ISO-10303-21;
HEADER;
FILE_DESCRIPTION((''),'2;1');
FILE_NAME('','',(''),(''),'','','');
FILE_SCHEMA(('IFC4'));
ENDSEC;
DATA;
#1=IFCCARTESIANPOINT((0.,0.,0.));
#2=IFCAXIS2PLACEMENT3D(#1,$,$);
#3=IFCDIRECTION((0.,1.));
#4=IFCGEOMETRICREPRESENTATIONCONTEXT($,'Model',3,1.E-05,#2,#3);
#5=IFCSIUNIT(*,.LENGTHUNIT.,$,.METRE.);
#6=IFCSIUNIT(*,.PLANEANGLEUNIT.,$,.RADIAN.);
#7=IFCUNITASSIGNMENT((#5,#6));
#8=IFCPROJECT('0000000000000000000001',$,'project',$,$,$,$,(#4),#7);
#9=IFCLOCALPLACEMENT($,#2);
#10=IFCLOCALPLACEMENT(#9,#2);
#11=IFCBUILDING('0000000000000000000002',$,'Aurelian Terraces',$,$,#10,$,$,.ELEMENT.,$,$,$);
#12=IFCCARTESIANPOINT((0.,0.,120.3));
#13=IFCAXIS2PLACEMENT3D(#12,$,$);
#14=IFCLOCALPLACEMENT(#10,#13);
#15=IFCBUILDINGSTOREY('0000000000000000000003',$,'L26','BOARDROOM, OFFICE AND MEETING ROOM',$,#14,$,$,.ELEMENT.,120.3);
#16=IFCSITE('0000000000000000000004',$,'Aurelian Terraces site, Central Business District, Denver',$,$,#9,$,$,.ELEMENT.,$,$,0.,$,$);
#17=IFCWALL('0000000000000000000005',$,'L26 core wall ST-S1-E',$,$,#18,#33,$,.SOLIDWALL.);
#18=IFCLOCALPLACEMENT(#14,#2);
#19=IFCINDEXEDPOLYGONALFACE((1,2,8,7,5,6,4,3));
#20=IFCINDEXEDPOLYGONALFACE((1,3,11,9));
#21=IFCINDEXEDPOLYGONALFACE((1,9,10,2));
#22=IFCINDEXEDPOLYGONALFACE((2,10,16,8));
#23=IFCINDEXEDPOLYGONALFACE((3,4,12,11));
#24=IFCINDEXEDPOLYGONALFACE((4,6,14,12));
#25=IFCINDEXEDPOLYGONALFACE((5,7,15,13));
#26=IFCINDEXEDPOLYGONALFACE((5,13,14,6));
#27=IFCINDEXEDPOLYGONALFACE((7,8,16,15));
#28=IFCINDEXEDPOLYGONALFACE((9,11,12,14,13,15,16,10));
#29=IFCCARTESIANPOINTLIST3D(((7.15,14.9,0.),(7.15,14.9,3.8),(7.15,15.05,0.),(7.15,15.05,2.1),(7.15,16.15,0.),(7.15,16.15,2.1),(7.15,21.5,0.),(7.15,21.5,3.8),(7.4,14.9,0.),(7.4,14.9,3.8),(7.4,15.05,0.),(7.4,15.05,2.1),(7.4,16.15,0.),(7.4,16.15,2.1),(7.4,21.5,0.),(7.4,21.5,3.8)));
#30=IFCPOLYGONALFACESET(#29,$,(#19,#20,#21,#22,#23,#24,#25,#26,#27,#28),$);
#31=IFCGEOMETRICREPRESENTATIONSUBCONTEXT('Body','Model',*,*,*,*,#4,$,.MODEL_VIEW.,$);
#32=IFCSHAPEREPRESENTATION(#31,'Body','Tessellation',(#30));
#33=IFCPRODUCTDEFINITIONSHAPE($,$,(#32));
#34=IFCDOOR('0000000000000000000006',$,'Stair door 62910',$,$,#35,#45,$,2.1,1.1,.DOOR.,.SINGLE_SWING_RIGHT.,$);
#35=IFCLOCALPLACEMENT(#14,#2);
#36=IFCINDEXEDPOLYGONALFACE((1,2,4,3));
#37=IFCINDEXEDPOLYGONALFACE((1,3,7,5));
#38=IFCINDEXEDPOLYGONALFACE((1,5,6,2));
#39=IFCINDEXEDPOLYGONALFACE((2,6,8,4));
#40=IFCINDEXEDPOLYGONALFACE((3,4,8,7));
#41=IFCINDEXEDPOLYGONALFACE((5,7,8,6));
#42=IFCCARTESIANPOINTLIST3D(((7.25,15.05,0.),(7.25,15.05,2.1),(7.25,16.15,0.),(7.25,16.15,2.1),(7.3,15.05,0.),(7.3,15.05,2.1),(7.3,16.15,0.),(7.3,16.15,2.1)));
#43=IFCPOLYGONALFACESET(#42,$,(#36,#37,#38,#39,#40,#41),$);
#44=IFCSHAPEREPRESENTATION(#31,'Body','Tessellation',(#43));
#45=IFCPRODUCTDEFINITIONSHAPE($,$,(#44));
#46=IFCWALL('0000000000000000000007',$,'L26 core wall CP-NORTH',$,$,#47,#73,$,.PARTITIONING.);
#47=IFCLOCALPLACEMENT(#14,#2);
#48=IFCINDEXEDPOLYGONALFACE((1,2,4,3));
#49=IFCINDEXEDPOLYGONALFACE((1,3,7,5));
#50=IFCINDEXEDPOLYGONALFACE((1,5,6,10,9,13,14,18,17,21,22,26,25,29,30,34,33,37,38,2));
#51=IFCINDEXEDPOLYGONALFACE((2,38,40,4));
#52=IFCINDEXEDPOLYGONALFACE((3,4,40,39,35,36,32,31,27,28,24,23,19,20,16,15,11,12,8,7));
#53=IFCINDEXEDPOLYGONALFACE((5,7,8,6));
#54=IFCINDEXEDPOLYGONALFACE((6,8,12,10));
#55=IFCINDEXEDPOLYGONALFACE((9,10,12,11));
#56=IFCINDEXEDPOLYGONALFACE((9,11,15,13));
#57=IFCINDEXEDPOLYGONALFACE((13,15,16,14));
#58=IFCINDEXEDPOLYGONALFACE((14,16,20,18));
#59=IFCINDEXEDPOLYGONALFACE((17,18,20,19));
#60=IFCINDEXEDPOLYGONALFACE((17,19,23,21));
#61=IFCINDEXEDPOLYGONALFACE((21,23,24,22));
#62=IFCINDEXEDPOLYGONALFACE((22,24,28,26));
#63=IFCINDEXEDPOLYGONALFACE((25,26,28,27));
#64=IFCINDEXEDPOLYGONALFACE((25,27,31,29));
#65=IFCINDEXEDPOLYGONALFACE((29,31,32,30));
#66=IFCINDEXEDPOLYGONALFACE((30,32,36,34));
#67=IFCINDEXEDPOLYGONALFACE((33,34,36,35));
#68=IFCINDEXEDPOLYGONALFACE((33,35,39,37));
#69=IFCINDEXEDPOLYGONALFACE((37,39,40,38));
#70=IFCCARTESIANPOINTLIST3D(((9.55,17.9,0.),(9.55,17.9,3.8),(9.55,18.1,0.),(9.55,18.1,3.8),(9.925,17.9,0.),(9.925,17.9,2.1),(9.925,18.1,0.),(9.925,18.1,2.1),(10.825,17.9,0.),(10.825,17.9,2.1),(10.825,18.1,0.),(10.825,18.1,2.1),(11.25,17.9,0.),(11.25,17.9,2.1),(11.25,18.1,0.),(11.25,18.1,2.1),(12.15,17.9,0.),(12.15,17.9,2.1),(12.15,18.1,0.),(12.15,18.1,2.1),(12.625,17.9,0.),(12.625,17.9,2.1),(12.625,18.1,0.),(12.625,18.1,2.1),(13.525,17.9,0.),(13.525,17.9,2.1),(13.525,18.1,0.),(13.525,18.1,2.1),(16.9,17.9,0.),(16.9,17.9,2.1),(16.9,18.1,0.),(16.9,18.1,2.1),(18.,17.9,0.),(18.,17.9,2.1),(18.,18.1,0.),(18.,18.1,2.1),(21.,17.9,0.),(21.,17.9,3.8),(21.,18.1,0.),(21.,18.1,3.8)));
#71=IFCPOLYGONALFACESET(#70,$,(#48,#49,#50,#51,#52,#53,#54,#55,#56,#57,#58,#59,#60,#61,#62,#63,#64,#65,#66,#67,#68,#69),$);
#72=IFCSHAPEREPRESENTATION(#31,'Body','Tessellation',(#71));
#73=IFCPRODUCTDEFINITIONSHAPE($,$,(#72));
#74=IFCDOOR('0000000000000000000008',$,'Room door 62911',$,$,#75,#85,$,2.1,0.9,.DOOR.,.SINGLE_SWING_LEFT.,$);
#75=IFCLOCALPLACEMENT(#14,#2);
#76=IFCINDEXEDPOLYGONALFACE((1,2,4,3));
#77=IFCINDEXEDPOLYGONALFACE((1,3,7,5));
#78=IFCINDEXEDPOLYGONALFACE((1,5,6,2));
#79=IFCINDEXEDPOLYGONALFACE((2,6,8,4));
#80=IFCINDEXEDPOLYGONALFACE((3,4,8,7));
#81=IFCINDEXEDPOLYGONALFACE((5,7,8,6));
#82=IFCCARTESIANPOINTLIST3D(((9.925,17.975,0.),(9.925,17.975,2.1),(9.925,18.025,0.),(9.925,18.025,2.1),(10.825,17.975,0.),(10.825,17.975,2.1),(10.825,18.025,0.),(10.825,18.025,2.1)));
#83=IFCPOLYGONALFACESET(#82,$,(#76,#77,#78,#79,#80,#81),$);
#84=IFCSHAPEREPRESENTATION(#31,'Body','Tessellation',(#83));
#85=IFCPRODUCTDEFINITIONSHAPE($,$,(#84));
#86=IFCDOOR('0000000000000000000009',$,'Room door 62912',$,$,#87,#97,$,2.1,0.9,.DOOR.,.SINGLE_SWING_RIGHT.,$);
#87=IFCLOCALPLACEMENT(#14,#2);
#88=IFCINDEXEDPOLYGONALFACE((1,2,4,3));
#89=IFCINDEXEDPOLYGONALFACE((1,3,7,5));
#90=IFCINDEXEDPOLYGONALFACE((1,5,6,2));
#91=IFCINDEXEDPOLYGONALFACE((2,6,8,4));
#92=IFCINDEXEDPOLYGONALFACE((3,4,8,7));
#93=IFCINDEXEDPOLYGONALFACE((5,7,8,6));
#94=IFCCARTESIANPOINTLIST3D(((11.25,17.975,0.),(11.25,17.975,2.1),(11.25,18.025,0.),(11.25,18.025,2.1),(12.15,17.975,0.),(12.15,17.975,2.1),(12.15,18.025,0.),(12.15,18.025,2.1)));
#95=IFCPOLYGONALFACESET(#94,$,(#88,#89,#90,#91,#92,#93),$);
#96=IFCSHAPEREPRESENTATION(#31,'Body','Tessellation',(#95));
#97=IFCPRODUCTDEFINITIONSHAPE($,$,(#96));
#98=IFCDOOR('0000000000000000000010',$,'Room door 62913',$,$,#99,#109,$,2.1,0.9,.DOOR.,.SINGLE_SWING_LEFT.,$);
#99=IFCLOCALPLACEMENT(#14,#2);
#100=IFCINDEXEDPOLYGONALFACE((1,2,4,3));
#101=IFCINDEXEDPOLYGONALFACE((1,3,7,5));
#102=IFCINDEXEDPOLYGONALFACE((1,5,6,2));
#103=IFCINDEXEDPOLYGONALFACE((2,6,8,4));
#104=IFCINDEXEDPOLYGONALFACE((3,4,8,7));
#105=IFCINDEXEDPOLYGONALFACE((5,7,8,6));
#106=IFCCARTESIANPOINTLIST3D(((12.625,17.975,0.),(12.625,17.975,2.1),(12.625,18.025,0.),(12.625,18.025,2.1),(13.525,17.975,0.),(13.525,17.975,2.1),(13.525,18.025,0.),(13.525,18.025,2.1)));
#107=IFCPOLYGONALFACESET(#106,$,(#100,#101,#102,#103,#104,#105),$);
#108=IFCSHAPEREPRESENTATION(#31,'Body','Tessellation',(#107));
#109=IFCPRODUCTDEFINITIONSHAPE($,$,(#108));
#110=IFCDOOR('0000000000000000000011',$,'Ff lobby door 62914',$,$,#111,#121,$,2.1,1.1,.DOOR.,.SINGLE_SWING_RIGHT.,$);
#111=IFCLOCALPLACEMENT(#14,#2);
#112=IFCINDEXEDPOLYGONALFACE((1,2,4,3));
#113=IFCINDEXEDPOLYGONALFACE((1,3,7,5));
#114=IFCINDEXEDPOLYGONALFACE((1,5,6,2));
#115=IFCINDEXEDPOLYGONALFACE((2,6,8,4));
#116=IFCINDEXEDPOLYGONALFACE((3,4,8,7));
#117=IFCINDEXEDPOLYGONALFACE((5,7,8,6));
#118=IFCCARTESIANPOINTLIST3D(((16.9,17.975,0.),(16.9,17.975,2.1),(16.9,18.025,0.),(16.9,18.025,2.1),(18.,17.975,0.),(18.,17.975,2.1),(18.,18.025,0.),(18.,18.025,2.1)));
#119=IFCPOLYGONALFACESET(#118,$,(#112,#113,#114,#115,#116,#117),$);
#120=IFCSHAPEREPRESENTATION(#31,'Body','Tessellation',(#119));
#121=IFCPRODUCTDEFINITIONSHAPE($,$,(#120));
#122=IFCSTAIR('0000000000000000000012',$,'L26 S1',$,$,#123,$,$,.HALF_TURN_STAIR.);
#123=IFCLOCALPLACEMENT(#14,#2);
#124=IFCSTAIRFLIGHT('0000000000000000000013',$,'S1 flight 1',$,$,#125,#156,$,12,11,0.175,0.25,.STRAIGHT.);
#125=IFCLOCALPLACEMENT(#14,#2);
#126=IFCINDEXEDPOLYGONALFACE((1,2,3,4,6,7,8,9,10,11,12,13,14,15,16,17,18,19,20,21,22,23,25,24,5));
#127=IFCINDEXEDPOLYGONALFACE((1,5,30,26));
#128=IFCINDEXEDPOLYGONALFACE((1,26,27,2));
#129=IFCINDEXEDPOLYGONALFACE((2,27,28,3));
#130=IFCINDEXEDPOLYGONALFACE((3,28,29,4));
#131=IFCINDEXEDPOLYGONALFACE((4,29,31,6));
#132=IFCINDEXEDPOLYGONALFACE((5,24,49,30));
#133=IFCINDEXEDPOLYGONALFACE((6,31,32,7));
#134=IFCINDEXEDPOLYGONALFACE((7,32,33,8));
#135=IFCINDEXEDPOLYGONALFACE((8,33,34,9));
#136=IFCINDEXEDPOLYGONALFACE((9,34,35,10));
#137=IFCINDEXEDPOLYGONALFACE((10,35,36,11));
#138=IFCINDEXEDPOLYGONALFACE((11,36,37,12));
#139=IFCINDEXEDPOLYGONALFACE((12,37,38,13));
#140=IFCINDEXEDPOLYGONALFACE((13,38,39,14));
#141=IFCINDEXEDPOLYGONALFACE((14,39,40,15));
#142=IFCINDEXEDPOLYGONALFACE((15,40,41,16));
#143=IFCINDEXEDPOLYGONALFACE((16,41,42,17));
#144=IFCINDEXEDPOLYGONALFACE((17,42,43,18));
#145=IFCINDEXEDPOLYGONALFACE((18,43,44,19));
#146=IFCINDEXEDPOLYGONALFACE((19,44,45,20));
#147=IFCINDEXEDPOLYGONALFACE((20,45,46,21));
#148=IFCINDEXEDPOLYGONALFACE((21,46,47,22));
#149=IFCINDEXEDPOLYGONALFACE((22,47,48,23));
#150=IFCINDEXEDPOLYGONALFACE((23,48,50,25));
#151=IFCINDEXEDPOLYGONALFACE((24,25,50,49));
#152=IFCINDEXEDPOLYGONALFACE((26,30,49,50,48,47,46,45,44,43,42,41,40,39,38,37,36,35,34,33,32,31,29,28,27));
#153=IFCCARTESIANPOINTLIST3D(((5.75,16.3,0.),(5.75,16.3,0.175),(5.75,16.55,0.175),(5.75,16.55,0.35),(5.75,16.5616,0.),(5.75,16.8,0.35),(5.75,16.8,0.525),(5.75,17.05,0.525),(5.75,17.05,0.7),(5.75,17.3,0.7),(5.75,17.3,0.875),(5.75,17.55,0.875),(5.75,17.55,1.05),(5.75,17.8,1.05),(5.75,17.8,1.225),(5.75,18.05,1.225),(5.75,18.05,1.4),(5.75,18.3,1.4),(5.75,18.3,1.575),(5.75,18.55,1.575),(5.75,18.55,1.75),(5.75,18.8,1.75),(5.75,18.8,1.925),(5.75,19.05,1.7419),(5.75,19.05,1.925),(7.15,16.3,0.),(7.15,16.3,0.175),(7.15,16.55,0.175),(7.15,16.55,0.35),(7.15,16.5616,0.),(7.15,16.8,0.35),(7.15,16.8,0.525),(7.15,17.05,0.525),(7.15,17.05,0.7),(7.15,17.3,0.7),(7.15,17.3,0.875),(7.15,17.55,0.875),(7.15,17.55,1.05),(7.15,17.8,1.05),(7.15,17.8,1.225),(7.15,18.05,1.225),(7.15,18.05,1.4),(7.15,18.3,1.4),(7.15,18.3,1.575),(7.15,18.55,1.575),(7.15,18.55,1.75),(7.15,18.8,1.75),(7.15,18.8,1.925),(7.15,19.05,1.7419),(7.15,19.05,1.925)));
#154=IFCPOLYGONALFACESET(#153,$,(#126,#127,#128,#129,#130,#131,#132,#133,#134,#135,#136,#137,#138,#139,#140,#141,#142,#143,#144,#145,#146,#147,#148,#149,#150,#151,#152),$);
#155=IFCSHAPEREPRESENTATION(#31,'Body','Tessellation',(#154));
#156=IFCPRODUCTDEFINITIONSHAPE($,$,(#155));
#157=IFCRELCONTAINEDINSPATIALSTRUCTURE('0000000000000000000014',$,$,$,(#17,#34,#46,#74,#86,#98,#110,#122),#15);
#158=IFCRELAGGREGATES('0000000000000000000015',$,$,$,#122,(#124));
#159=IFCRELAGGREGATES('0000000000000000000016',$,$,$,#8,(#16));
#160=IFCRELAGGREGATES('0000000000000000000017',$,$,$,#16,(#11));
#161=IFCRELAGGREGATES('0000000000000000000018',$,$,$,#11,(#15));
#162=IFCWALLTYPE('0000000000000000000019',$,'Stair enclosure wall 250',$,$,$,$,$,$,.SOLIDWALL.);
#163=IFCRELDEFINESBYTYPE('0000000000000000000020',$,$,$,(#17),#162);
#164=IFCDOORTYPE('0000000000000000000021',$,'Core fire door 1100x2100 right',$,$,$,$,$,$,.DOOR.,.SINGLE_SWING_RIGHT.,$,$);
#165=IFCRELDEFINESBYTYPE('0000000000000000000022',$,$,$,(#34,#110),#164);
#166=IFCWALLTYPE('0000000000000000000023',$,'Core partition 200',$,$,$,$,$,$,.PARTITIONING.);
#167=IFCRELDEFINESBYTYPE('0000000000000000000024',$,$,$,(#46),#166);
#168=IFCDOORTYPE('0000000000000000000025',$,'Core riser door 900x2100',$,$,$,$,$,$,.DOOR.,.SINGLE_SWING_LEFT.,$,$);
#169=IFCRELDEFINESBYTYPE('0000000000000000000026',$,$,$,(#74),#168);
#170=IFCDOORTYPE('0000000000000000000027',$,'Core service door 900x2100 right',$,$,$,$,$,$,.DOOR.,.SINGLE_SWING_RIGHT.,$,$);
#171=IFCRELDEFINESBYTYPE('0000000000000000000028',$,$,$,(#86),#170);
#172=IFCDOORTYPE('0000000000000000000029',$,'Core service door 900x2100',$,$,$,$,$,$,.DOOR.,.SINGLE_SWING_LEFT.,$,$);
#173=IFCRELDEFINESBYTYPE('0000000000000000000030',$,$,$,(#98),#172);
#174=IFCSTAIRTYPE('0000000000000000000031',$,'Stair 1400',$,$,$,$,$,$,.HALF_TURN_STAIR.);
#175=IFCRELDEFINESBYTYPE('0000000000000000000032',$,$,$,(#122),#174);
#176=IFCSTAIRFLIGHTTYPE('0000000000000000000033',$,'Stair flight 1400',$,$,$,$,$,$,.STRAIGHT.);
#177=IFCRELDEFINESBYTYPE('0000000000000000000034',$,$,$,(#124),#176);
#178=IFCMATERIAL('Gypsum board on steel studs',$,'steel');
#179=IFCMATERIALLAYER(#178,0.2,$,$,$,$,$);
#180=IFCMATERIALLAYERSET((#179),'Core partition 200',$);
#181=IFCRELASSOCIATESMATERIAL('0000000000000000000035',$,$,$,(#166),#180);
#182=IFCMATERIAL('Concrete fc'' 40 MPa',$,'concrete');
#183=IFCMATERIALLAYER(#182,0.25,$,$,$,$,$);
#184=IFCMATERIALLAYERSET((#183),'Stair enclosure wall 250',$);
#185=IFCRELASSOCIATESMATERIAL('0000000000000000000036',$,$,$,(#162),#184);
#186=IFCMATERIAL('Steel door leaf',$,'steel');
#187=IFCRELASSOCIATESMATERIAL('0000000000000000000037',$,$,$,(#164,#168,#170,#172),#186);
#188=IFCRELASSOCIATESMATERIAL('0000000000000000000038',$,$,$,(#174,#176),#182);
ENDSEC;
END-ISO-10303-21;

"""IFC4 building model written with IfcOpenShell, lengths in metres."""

from ifc_helpers import new_model, si_unit, direction, frame, frame_2d, origin, place, context, subcontext, project, spatial, polyline, rectangle, outline, extrude, source, transform, mapped, material, layer, layer_set, type_object, element, fill, aggregate, save


model = new_model("IFC4")

# Units and contexts
model_context = context("Model", 3, precision=1e-05, world=origin(), true_north=direction((0.0, 1.0)))
body_context = subcontext(model_context, "Body", "Model", "MODEL_VIEW")
ifc_project = project(units=[si_unit("LENGTHUNIT", "METRE"), si_unit("PLANEANGLEUNIT", "RADIAN")], contexts=[model_context])

# Site, building, storey
site_placement = place(None, origin())
site = spatial("IfcSite", under=ifc_project, at=site_placement, Name="Aurelian Terraces site, Central Business District, Denver", CompositionType="ELEMENT", RefElevation=0.0)
building_placement = place(site_placement, origin())
building = spatial("IfcBuilding", under=site, at=building_placement, Name="Aurelian Terraces", CompositionType="ELEMENT")
storey_placement = place(building_placement, frame((0.0, 0.0, 120.3)))
storey = spatial("IfcBuildingStorey", under=building, at=storey_placement, Name="L26", Description="BOARDROOM, OFFICE AND MEETING ROOM", CompositionType="ELEMENT", Elevation=120.3)

# Shared definitions
ifc_material_1 = material(Name="Concrete fc' 40 MPa", Category="concrete")

# Shared definitions
shared_shape_1 = source(origin(), body_context, "Body", "SweptSolid", [
    extrude(rectangle(XDim=1.1, YDim=2.1, at=frame_2d((0.55, 1.05))), frame((0.0, 0.11, 0.0), z_axis=(0.0, -1.0, 0.0), x_axis=(1.0, 0.0, 0.0)), (0.0, 0.0, 1.0), 0.22),
])
shared_shape_2 = source(origin(), body_context, "Body", "SweptSolid", [
    extrude(rectangle(XDim=1.1, YDim=2.1, at=frame_2d((0.55, 1.05))), frame((0.0, 0.025, 0.0), z_axis=(0.0, -1.0, 0.0), x_axis=(1.0, 0.0, 0.0)), (0.0, 0.0, 1.0), 0.05),
])

# Shared definitions
ifc_material_2 = material(Name="Gypsum board on steel studs", Category="steel")
ifc_layer_1 = layer(ifc_material_2, 0.2)
ifc_layer_set_1 = layer_set([ifc_layer_1], Name="Core partition 200")
wall_type_1 = type_object("IfcWallType", Name="Core partition 200", PredefinedType="PARTITIONING", material=ifc_layer_set_1)

# Wall, opening, door
ifc_layer_2 = layer(ifc_material_1, 0.25)
ifc_layer_set_2 = layer_set([ifc_layer_2], Name="Stair enclosure wall 250")
wall_type_2 = type_object("IfcWallType", Name="Stair enclosure wall 250", PredefinedType="SOLIDWALL", material=ifc_layer_set_2)
shared_shape_3 = source(origin(), body_context, "Body", "SweptSolid", [
    extrude(rectangle(XDim=6.6, YDim=0.25, at=frame_2d((3.3, 0.0))), origin(), (0.0, 0.0, 1.0), 3.8),
])
wall_1_placement = place(storey_placement, frame((7.275, 14.9, 0.0), z_axis=(0.0, 0.0, 1.0), x_axis=(0.0, 1.0, 0.0)))
wall_1 = element("IfcWall", 1, at=wall_1_placement, inside=storey, type_object=wall_type_2, Name="L26 core wall ST-S1-E", PredefinedType="SOLIDWALL", context=body_context, shape_type="MappedRepresentation", body=[
    mapped(shared_shape_3, transform((0.0, 0.0, 0.0), scale=1.0)),
])
shared_shape_4 = source(origin(), body_context, "Body", "SweptSolid", [
    extrude(rectangle(XDim=1.1, YDim=2.1, at=frame_2d((0.55, 1.05))), frame((0.0, 0.135, 0.0), z_axis=(0.0, -1.0, 0.0), x_axis=(1.0, 0.0, 0.0)), (0.0, 0.0, 1.0), 0.27),
])
opening_1_placement = place(wall_1_placement, frame((0.15, 0.0, 0.0)))
opening_1 = element("IfcOpeningElement", 2, at=opening_1_placement, cuts=wall_1, PredefinedType="OPENING", context=body_context, shape_type="MappedRepresentation", body=[
    mapped(shared_shape_4, transform((0.0, 0.0, 0.0), scale=1.0)),
])
ifc_material_3 = material(Name="Steel door leaf", Category="steel")
door_type_1 = type_object("IfcDoorType", Name="Core fire door 1100x2100 right", OperationType="SINGLE_SWING_RIGHT", PredefinedType="DOOR", material=ifc_material_3)
door_1_placement = place(opening_1_placement, origin())
door_1 = element("IfcDoor", 3, at=door_1_placement, inside=storey, type_object=door_type_1, Name="Stair door 62910", OperationType="SINGLE_SWING_RIGHT", OverallHeight=2.1, OverallWidth=1.1, PredefinedType="DOOR", context=body_context, shape_type="MappedRepresentation", body=[
    mapped(shared_shape_2, transform((0.0, 0.0, 0.0), scale=1.0)),
])
fill(opening_1, door_1)

# Wall, openings, doors
shared_shape_5 = source(origin(), body_context, "Body", "SweptSolid", [
    extrude(rectangle(XDim=11.45, YDim=0.2, at=frame_2d((5.725, 0.0))), origin(), (0.0, 0.0, 1.0), 3.8),
])
wall_2_placement = place(storey_placement, frame((9.55, 18.0, 0.0), z_axis=(0.0, 0.0, 1.0), x_axis=(1.0, 0.0, 0.0)))
wall_2 = element("IfcWall", 4, at=wall_2_placement, inside=storey, type_object=wall_type_1, Name="L26 core wall CP-NORTH", PredefinedType="PARTITIONING", context=body_context, shape_type="MappedRepresentation", body=[
    mapped(shared_shape_5, transform((0.0, 0.0, 0.0), scale=1.0)),
])
shared_shape_6 = source(origin(), body_context, "Body", "SweptSolid", [
    extrude(rectangle(XDim=0.9, YDim=2.1, at=frame_2d((0.45, 1.05))), frame((0.0, 0.11, 0.0), z_axis=(0.0, -1.0, 0.0), x_axis=(1.0, 0.0, 0.0)), (0.0, 0.0, 1.0), 0.22),
])
opening_2_placement = place(wall_2_placement, frame((0.375, 0.0, 0.0)))
opening_2 = element("IfcOpeningElement", 5, at=opening_2_placement, cuts=wall_2, PredefinedType="OPENING", context=body_context, shape_type="MappedRepresentation", body=[
    mapped(shared_shape_6, transform((0.0, 0.0, 0.0), scale=1.0)),
])
opening_3_placement = place(wall_2_placement, frame((1.7, 0.0, 0.0)))
opening_3 = element("IfcOpeningElement", 6, at=opening_3_placement, cuts=wall_2, PredefinedType="OPENING", context=body_context, shape_type="MappedRepresentation", body=[
    mapped(shared_shape_6, transform((0.0, 0.0, 0.0), scale=1.0)),
])
opening_4_placement = place(wall_2_placement, frame((3.075, 0.0, 0.0)))
opening_4 = element("IfcOpeningElement", 7, at=opening_4_placement, cuts=wall_2, PredefinedType="OPENING", context=body_context, shape_type="MappedRepresentation", body=[
    mapped(shared_shape_6, transform((0.0, 0.0, 0.0), scale=1.0)),
])
opening_5_placement = place(wall_2_placement, frame((7.35, 0.0, 0.0)))
opening_5 = element("IfcOpeningElement", 8, at=opening_5_placement, cuts=wall_2, PredefinedType="OPENING", context=body_context, shape_type="MappedRepresentation", body=[
    mapped(shared_shape_1, transform((0.0, 0.0, 0.0), scale=1.0)),
])
door_type_2 = type_object("IfcDoorType", Name="Core riser door 900x2100", OperationType="SINGLE_SWING_LEFT", PredefinedType="DOOR", material=ifc_material_3)
shared_shape_7 = source(origin(), body_context, "Body", "SweptSolid", [
    extrude(rectangle(XDim=0.9, YDim=2.1, at=frame_2d((0.45, 1.05))), frame((0.0, 0.025, 0.0), z_axis=(0.0, -1.0, 0.0), x_axis=(1.0, 0.0, 0.0)), (0.0, 0.0, 1.0), 0.05),
])
door_2_placement = place(opening_2_placement, origin())
door_2 = element("IfcDoor", 9, at=door_2_placement, inside=storey, type_object=door_type_2, Name="Room door 62911", OperationType="SINGLE_SWING_LEFT", OverallHeight=2.1, OverallWidth=0.9, PredefinedType="DOOR", context=body_context, shape_type="MappedRepresentation", body=[
    mapped(shared_shape_7, transform((0.0, 0.0, 0.0), scale=1.0)),
])
fill(opening_2, door_2)
door_type_3 = type_object("IfcDoorType", Name="Core service door 900x2100 right", OperationType="SINGLE_SWING_RIGHT", PredefinedType="DOOR", material=ifc_material_3)
door_3_placement = place(opening_3_placement, origin())
door_3 = element("IfcDoor", 10, at=door_3_placement, inside=storey, type_object=door_type_3, Name="Room door 62912", OperationType="SINGLE_SWING_RIGHT", OverallHeight=2.1, OverallWidth=0.9, PredefinedType="DOOR", context=body_context, shape_type="MappedRepresentation", body=[
    mapped(shared_shape_7, transform((0.0, 0.0, 0.0), scale=1.0)),
])
fill(opening_3, door_3)
door_type_4 = type_object("IfcDoorType", Name="Core service door 900x2100", OperationType="SINGLE_SWING_LEFT", PredefinedType="DOOR", material=ifc_material_3)
door_4_placement = place(opening_4_placement, origin())
door_4 = element("IfcDoor", 11, at=door_4_placement, inside=storey, type_object=door_type_4, Name="Room door 62913", OperationType="SINGLE_SWING_LEFT", OverallHeight=2.1, OverallWidth=0.9, PredefinedType="DOOR", context=body_context, shape_type="MappedRepresentation", body=[
    mapped(shared_shape_7, transform((0.0, 0.0, 0.0), scale=1.0)),
])
fill(opening_4, door_4)
door_5_placement = place(opening_5_placement, origin())
door_5 = element("IfcDoor", 12, at=door_5_placement, inside=storey, type_object=door_type_1, Name="Ff lobby door 62914", OperationType="SINGLE_SWING_RIGHT", OverallHeight=2.1, OverallWidth=1.1, PredefinedType="DOOR", context=body_context, shape_type="MappedRepresentation", body=[
    mapped(shared_shape_2, transform((0.0, 0.0, 0.0), scale=1.0)),
])
fill(opening_5, door_5)

# Stair, stair flight
stair_type = type_object("IfcStairType", Name="Stair 1400", PredefinedType="HALF_TURN_STAIR", material=ifc_material_1)
stair_placement = place(storey_placement, origin())
stair = element("IfcStair", 13, at=stair_placement, inside=storey, type_object=stair_type, Name="L26 S1", PredefinedType="HALF_TURN_STAIR")
stair_flight_type = type_object("IfcStairFlightType", Name="Stair flight 1400", PredefinedType="STRAIGHT", material=ifc_material_1)
shared_shape_8 = source(origin(), body_context, "Body", "SweptSolid", [
    extrude(outline(polyline([(0.0, 0.0), (0.0, 0.175), (0.25, 0.175), (0.25, 0.35), (0.5, 0.35), (0.5, 0.525), (0.75, 0.525), (0.75, 0.7), (1.0, 0.7), (1.0, 0.875), (1.25, 0.875), (1.25, 1.05), (1.5, 1.05), (1.5, 1.225), (1.75, 1.225), (1.75, 1.4), (2.0, 1.4), (2.0, 1.575), (2.25, 1.575), (2.25, 1.75), (2.5, 1.75), (2.5, 1.925), (2.75, 1.925), (2.75, 2.1), (2.75, 1.7419), (0.2616, 0.0), (0.0, 0.0)])), frame((0.0, 0.7, 0.0), z_axis=(0.0, -1.0, 0.0), x_axis=(1.0, 0.0, 0.0)), (0.0, 0.0, 1.0), 1.4),
])
stair_flight_placement = place(storey_placement, frame((6.45, 16.3, 0.0), z_axis=(0.0, 0.0, 1.0), x_axis=(0.0, 1.0, 0.0)))
stair_flight = element("IfcStairFlight", 14, at=stair_flight_placement, type_object=stair_flight_type, Name="S1 flight 1", NumberOfRisers=12, NumberOfTreads=11, PredefinedType="STRAIGHT", RiserHeight=0.175, TreadLength=0.25, context=body_context, shape_type="MappedRepresentation", body=[
    mapped(shared_shape_8, transform((0.0, 0.0, 0.0), scale=1.0)),
])
aggregate(stair, [stair_flight])

save(model, "model.ifc")
